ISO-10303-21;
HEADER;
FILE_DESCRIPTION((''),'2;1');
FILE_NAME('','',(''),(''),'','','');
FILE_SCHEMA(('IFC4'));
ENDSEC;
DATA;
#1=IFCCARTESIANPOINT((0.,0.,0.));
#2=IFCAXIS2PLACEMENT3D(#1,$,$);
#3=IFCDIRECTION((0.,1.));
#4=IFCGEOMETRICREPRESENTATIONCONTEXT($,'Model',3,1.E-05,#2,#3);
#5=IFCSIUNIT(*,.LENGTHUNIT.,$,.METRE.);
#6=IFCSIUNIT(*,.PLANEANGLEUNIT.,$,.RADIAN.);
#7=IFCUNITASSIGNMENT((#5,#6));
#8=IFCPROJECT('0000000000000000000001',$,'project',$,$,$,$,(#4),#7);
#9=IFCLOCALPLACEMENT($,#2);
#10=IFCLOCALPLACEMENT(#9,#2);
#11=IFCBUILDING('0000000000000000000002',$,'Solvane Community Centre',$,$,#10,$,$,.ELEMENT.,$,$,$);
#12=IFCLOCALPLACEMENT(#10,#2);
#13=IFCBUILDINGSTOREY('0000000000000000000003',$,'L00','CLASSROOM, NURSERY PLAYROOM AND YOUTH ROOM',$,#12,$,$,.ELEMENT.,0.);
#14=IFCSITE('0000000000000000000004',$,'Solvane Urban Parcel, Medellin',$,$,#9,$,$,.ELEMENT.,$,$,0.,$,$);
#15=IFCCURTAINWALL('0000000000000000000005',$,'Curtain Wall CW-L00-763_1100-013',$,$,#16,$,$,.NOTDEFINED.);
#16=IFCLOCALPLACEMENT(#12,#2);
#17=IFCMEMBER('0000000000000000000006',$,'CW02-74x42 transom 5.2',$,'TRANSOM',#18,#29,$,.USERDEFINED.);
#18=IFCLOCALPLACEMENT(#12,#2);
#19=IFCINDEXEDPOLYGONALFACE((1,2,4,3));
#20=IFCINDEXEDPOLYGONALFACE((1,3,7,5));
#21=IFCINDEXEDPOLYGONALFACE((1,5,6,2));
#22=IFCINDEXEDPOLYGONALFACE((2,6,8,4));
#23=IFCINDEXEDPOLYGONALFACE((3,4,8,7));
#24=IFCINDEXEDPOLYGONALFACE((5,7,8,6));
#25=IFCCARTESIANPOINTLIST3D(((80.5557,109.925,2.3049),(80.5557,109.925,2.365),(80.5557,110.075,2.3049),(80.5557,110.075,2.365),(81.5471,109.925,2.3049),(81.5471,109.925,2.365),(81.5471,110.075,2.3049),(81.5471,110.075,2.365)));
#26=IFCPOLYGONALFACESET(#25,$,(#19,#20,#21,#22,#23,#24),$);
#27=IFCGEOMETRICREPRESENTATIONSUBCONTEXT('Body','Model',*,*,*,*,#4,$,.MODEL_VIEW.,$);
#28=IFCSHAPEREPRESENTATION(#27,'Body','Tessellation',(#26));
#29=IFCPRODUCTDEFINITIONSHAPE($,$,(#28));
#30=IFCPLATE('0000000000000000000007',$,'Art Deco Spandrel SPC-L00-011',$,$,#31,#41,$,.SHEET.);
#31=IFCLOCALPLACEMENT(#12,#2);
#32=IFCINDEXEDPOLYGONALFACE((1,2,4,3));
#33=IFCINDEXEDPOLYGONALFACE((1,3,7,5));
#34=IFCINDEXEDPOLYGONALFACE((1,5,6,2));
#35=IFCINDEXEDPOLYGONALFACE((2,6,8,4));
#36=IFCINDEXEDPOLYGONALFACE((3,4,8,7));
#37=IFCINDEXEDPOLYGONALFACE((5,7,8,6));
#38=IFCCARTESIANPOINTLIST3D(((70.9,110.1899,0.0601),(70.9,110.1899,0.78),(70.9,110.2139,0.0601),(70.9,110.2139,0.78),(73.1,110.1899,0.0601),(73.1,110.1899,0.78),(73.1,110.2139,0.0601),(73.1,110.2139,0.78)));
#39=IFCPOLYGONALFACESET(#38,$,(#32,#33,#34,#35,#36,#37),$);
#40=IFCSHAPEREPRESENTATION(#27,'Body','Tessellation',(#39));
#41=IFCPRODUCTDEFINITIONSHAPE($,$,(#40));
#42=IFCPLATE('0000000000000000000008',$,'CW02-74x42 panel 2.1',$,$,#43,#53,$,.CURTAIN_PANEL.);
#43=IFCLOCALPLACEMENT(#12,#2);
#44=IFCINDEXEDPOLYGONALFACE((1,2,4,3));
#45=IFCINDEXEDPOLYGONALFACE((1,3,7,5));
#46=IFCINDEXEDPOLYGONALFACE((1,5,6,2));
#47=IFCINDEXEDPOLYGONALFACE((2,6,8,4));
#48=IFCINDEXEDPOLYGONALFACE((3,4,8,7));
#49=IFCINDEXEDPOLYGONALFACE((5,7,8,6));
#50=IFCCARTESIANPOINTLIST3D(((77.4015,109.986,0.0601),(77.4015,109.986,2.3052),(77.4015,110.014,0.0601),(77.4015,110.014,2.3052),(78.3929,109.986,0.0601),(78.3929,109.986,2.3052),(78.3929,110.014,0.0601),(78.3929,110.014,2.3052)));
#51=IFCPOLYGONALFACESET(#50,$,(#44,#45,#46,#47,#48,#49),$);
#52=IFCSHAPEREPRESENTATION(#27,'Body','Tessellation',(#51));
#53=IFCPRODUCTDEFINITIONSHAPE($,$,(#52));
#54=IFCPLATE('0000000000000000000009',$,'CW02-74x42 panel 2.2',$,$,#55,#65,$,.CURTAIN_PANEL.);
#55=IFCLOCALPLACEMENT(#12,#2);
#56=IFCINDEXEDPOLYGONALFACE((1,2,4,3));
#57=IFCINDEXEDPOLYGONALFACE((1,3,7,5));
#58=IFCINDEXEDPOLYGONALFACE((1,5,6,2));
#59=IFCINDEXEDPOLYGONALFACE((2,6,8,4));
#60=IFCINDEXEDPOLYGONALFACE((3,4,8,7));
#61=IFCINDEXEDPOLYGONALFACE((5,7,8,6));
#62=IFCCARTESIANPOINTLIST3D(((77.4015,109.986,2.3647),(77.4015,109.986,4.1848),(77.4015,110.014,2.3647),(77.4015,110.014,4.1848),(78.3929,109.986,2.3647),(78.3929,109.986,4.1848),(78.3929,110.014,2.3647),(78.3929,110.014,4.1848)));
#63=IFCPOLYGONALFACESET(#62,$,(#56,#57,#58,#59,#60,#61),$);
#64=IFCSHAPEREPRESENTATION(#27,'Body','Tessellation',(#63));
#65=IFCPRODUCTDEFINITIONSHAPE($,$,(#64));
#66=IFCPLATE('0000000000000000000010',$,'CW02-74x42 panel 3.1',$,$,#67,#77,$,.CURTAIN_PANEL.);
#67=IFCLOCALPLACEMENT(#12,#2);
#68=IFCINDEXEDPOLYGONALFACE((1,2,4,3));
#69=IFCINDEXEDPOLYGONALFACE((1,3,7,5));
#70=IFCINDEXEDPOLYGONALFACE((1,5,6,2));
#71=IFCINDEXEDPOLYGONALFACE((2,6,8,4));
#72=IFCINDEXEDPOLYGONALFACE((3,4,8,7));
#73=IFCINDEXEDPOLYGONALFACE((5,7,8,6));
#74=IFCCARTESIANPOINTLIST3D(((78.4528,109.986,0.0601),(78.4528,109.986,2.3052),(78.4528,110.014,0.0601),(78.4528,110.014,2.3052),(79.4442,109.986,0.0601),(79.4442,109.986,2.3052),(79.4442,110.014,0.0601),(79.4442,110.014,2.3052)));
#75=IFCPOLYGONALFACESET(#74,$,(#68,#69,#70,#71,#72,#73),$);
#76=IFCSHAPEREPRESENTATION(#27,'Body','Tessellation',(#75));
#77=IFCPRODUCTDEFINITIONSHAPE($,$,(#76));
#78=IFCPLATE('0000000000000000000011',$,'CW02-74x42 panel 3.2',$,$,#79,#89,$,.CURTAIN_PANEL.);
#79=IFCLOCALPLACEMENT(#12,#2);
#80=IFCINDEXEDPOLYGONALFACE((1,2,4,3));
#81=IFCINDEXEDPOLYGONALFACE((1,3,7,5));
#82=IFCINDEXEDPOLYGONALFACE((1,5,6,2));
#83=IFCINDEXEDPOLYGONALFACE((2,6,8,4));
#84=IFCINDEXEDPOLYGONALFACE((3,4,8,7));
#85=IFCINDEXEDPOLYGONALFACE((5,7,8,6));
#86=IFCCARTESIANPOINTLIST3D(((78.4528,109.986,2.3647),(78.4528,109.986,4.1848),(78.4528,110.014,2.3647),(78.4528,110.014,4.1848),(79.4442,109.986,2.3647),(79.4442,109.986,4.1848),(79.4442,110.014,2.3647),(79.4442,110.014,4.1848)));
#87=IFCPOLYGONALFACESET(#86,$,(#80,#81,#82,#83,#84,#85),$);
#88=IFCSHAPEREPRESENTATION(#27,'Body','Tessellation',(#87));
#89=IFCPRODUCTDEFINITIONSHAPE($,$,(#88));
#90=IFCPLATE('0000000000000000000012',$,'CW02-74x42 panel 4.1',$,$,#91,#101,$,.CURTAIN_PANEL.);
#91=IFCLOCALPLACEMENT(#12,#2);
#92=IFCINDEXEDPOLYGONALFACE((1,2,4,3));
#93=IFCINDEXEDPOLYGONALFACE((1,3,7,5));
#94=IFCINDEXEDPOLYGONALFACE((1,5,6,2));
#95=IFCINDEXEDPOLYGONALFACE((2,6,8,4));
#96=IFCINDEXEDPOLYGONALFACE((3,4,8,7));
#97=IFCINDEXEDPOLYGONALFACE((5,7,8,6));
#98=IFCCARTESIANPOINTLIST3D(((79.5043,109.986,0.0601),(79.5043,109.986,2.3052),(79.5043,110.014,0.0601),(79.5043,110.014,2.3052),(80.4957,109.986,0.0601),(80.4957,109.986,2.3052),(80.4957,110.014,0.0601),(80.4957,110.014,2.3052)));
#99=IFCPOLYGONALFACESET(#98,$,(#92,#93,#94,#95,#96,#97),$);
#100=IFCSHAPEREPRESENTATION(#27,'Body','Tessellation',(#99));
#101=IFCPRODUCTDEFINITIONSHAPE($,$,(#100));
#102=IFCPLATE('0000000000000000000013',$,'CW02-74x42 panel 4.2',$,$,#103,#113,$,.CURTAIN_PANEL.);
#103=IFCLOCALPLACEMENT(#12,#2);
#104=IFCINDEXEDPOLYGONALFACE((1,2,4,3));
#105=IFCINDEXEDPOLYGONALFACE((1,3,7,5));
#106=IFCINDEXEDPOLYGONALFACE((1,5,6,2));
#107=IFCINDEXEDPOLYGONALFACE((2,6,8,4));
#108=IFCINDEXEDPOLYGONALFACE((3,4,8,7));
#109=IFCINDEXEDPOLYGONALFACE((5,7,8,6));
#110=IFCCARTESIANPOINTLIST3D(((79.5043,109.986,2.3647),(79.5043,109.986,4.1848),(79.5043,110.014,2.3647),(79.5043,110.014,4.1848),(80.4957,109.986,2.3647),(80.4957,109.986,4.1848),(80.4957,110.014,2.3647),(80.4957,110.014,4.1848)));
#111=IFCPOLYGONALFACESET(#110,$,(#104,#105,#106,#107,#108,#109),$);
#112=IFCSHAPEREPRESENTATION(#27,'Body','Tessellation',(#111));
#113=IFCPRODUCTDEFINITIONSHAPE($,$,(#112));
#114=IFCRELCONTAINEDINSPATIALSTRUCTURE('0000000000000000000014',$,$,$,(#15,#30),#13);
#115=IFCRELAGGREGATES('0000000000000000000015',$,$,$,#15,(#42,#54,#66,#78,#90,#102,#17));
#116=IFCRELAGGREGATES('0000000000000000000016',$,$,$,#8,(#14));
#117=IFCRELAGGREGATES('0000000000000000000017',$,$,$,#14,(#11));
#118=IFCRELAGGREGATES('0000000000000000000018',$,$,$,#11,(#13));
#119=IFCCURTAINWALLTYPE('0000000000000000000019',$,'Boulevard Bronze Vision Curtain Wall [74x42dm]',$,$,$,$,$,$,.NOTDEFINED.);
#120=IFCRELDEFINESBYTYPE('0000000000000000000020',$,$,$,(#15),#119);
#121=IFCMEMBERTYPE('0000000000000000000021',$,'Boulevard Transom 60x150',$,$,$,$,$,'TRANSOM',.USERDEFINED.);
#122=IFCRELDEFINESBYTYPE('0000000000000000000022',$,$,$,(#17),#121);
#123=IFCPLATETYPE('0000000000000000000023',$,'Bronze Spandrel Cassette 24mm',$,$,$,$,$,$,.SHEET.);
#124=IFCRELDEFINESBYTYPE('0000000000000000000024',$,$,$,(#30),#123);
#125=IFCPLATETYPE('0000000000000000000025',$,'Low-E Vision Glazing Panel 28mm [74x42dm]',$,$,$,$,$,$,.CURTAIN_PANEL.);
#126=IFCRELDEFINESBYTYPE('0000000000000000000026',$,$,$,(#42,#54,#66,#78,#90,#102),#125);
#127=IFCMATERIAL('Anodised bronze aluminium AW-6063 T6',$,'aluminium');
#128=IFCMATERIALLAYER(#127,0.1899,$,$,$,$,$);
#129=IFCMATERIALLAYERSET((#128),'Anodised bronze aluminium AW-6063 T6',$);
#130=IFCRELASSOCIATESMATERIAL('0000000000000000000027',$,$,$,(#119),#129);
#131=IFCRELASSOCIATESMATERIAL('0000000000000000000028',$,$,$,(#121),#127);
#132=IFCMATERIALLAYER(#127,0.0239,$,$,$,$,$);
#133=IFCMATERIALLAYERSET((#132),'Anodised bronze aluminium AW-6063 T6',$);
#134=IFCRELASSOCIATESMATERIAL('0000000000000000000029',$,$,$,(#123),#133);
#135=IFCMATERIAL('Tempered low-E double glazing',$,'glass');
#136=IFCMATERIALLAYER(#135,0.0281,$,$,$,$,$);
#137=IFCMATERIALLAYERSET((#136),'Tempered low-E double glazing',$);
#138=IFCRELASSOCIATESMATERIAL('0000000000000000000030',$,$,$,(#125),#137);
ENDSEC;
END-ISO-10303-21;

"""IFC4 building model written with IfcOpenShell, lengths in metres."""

from ifc_helpers import new_model, si_unit, direction, frame, origin, origin_2d, place, context, subcontext, project, spatial, rectangle, extrude, material, layer, layer_set, material_profile, profile_set, type_object, element, aggregate, save


model = new_model("IFC4")

# Units and contexts
model_context = context("Model", 3, precision=1e-05, world=origin(), true_north=direction((0.0, 1.0)))
body_context = subcontext(model_context, "Body", "Model", "MODEL_VIEW")
ifc_project = project(units=[si_unit("LENGTHUNIT", "METRE"), si_unit("PLANEANGLEUNIT", "RADIAN")], contexts=[model_context])

# Site, building, storey
site_placement = place(None, origin())
site = spatial("IfcSite", under=ifc_project, at=site_placement, Name="Solvane Urban Parcel, Medellin", CompositionType="ELEMENT", RefElevation=0.0)
building_placement = place(site_placement, origin())
building = spatial("IfcBuilding", under=site, at=building_placement, Name="Solvane Community Centre", CompositionType="ELEMENT")
storey_placement = place(building_placement, origin())
storey = spatial("IfcBuildingStorey", under=building, at=storey_placement, Name="L00", Description="CLASSROOM, NURSERY PLAYROOM AND YOUTH ROOM", CompositionType="ELEMENT", Elevation=0.0)

# Curtain wall, member
ifc_material_1 = material(Name="Anodised bronze aluminium AW-6063 T6", Category="aluminium")
ifc_layer_1 = layer(ifc_material_1, 0.1899)
ifc_layer_set_1 = layer_set([ifc_layer_1], Name="Anodised bronze aluminium AW-6063 T6")
curtain_wall_type = type_object("IfcCurtainWallType", Name="Boulevard Bronze Vision Curtain Wall [74x42dm]", PredefinedType="NOTDEFINED", material=ifc_layer_set_1)
curtain_wall_placement = place(storey_placement, origin())
curtain_wall = element("IfcCurtainWall", 1, at=curtain_wall_placement, inside=storey, type_object=curtain_wall_type, Name="Curtain Wall CW-L00-763_1100-013", PredefinedType="NOTDEFINED")
ifc_material_profile_1 = material_profile(ifc_material_1, rectangle(XDim=0.1499, YDim=0.0601, at=origin_2d()), Name="CW-T 60x150")
ifc_profile_set_1 = profile_set([ifc_material_profile_1], Name="Anodised bronze aluminium AW-6063 T6")
member_type_1 = type_object("IfcMemberType", Name="Boulevard Transom 60x150", ElementType="TRANSOM", PredefinedType="USERDEFINED", material=ifc_profile_set_1)
member_1_placement = place(storey_placement, frame((80.5557, 110.0, 2.335), z_axis=(1.0, 0.0, 0.0), x_axis=(0.0, 1.0, 0.0)))
member_1 = element("IfcMember", 2, at=member_1_placement, type_object=member_type_1, Name="CW02-74x42 transom 5.2", ObjectType="TRANSOM", PredefinedType="USERDEFINED", context=body_context, shape_type="SweptSolid", body=[
    extrude(rectangle(XDim=0.1499, YDim=0.0601, at=origin_2d()), origin(), (0.0, 0.0, 1.0), 0.9915),
])

# Plates
ifc_layer_2 = layer(ifc_material_1, 0.0239)
ifc_layer_set_2 = layer_set([ifc_layer_2], Name="Anodised bronze aluminium AW-6063 T6")
plate_type_1 = type_object("IfcPlateType", Name="Bronze Spandrel Cassette 24mm", PredefinedType="SHEET", material=ifc_layer_set_2)
plate_1_placement = place(storey_placement, frame((72.0, 110.2019, 0.0601), z_axis=(0.0, 0.0, 1.0), x_axis=(1.0, 0.0, 0.0)))
element("IfcPlate", 3, at=plate_1_placement, inside=storey, type_object=plate_type_1, Name="Art Deco Spandrel SPC-L00-011", PredefinedType="SHEET", context=body_context, shape_type="SweptSolid", body=[
    extrude(rectangle(XDim=2.2, YDim=0.0239, at=origin_2d()), origin(), (0.0, 0.0, 1.0), 0.72),
])
ifc_material_2 = material(Name="Tempered low-E double glazing", Category="glass")
ifc_layer_3 = layer(ifc_material_2, 0.0281)
ifc_layer_set_3 = layer_set([ifc_layer_3], Name="Tempered low-E double glazing")
plate_type_2 = type_object("IfcPlateType", Name="Low-E Vision Glazing Panel 28mm [74x42dm]", PredefinedType="CURTAIN_PANEL", material=ifc_layer_set_3)
plate_2_placement = place(storey_placement, frame((77.8972, 110.0, 0.0601), z_axis=(0.0, 0.0, 1.0), x_axis=(1.0, 0.0, 0.0)))
plate_2 = element("IfcPlate", 4, at=plate_2_placement, type_object=plate_type_2, Name="CW02-74x42 panel 2.1", PredefinedType="CURTAIN_PANEL", context=body_context, shape_type="SweptSolid", body=[
    extrude(rectangle(XDim=0.9915, YDim=0.0281, at=origin_2d()), origin(), (0.0, 0.0, 1.0), 2.2451),
])
plate_3_placement = place(storey_placement, frame((77.8972, 110.0, 2.3647), z_axis=(0.0, 0.0, 1.0), x_axis=(1.0, 0.0, 0.0)))
plate_3 = element("IfcPlate", 5, at=plate_3_placement, type_object=plate_type_2, Name="CW02-74x42 panel 2.2", PredefinedType="CURTAIN_PANEL", context=body_context, shape_type="SweptSolid", body=[
    extrude(rectangle(XDim=0.9915, YDim=0.0281, at=origin_2d()), origin(), (0.0, 0.0, 1.0), 1.8201),
])
plate_4_placement = place(storey_placement, frame((78.9485, 110.0, 0.0601), z_axis=(0.0, 0.0, 1.0), x_axis=(1.0, 0.0, 0.0)))
plate_4 = element("IfcPlate", 6, at=plate_4_placement, type_object=plate_type_2, Name="CW02-74x42 panel 3.1", PredefinedType="CURTAIN_PANEL", context=body_context, shape_type="SweptSolid", body=[
    extrude(rectangle(XDim=0.9915, YDim=0.0281, at=origin_2d()), origin(), (0.0, 0.0, 1.0), 2.2451),
])
plate_5_placement = place(storey_placement, frame((78.9485, 110.0, 2.3647), z_axis=(0.0, 0.0, 1.0), x_axis=(1.0, 0.0, 0.0)))
plate_5 = element("IfcPlate", 7, at=plate_5_placement, type_object=plate_type_2, Name="CW02-74x42 panel 3.2", PredefinedType="CURTAIN_PANEL", context=body_context, shape_type="SweptSolid", body=[
    extrude(rectangle(XDim=0.9915, YDim=0.0281, at=origin_2d()), origin(), (0.0, 0.0, 1.0), 1.8201),
])
plate_6_placement = place(storey_placement, frame((80.0, 110.0, 0.0601), z_axis=(0.0, 0.0, 1.0), x_axis=(1.0, 0.0, 0.0)))
plate_6 = element("IfcPlate", 8, at=plate_6_placement, type_object=plate_type_2, Name="CW02-74x42 panel 4.1", PredefinedType="CURTAIN_PANEL", context=body_context, shape_type="SweptSolid", body=[
    extrude(rectangle(XDim=0.9915, YDim=0.0281, at=origin_2d()), origin(), (0.0, 0.0, 1.0), 2.2451),
])
plate_7_placement = place(storey_placement, frame((80.0, 110.0, 2.3647), z_axis=(0.0, 0.0, 1.0), x_axis=(1.0, 0.0, 0.0)))
plate_7 = element("IfcPlate", 9, at=plate_7_placement, type_object=plate_type_2, Name="CW02-74x42 panel 4.2", PredefinedType="CURTAIN_PANEL", context=body_context, shape_type="SweptSolid", body=[
    extrude(rectangle(XDim=0.9915, YDim=0.0281, at=origin_2d()), origin(), (0.0, 0.0, 1.0), 1.8201),
])
aggregate(curtain_wall, [plate_2, plate_3, plate_4, plate_5, plate_6, plate_7, member_1])

save(model, "model.ifc")
